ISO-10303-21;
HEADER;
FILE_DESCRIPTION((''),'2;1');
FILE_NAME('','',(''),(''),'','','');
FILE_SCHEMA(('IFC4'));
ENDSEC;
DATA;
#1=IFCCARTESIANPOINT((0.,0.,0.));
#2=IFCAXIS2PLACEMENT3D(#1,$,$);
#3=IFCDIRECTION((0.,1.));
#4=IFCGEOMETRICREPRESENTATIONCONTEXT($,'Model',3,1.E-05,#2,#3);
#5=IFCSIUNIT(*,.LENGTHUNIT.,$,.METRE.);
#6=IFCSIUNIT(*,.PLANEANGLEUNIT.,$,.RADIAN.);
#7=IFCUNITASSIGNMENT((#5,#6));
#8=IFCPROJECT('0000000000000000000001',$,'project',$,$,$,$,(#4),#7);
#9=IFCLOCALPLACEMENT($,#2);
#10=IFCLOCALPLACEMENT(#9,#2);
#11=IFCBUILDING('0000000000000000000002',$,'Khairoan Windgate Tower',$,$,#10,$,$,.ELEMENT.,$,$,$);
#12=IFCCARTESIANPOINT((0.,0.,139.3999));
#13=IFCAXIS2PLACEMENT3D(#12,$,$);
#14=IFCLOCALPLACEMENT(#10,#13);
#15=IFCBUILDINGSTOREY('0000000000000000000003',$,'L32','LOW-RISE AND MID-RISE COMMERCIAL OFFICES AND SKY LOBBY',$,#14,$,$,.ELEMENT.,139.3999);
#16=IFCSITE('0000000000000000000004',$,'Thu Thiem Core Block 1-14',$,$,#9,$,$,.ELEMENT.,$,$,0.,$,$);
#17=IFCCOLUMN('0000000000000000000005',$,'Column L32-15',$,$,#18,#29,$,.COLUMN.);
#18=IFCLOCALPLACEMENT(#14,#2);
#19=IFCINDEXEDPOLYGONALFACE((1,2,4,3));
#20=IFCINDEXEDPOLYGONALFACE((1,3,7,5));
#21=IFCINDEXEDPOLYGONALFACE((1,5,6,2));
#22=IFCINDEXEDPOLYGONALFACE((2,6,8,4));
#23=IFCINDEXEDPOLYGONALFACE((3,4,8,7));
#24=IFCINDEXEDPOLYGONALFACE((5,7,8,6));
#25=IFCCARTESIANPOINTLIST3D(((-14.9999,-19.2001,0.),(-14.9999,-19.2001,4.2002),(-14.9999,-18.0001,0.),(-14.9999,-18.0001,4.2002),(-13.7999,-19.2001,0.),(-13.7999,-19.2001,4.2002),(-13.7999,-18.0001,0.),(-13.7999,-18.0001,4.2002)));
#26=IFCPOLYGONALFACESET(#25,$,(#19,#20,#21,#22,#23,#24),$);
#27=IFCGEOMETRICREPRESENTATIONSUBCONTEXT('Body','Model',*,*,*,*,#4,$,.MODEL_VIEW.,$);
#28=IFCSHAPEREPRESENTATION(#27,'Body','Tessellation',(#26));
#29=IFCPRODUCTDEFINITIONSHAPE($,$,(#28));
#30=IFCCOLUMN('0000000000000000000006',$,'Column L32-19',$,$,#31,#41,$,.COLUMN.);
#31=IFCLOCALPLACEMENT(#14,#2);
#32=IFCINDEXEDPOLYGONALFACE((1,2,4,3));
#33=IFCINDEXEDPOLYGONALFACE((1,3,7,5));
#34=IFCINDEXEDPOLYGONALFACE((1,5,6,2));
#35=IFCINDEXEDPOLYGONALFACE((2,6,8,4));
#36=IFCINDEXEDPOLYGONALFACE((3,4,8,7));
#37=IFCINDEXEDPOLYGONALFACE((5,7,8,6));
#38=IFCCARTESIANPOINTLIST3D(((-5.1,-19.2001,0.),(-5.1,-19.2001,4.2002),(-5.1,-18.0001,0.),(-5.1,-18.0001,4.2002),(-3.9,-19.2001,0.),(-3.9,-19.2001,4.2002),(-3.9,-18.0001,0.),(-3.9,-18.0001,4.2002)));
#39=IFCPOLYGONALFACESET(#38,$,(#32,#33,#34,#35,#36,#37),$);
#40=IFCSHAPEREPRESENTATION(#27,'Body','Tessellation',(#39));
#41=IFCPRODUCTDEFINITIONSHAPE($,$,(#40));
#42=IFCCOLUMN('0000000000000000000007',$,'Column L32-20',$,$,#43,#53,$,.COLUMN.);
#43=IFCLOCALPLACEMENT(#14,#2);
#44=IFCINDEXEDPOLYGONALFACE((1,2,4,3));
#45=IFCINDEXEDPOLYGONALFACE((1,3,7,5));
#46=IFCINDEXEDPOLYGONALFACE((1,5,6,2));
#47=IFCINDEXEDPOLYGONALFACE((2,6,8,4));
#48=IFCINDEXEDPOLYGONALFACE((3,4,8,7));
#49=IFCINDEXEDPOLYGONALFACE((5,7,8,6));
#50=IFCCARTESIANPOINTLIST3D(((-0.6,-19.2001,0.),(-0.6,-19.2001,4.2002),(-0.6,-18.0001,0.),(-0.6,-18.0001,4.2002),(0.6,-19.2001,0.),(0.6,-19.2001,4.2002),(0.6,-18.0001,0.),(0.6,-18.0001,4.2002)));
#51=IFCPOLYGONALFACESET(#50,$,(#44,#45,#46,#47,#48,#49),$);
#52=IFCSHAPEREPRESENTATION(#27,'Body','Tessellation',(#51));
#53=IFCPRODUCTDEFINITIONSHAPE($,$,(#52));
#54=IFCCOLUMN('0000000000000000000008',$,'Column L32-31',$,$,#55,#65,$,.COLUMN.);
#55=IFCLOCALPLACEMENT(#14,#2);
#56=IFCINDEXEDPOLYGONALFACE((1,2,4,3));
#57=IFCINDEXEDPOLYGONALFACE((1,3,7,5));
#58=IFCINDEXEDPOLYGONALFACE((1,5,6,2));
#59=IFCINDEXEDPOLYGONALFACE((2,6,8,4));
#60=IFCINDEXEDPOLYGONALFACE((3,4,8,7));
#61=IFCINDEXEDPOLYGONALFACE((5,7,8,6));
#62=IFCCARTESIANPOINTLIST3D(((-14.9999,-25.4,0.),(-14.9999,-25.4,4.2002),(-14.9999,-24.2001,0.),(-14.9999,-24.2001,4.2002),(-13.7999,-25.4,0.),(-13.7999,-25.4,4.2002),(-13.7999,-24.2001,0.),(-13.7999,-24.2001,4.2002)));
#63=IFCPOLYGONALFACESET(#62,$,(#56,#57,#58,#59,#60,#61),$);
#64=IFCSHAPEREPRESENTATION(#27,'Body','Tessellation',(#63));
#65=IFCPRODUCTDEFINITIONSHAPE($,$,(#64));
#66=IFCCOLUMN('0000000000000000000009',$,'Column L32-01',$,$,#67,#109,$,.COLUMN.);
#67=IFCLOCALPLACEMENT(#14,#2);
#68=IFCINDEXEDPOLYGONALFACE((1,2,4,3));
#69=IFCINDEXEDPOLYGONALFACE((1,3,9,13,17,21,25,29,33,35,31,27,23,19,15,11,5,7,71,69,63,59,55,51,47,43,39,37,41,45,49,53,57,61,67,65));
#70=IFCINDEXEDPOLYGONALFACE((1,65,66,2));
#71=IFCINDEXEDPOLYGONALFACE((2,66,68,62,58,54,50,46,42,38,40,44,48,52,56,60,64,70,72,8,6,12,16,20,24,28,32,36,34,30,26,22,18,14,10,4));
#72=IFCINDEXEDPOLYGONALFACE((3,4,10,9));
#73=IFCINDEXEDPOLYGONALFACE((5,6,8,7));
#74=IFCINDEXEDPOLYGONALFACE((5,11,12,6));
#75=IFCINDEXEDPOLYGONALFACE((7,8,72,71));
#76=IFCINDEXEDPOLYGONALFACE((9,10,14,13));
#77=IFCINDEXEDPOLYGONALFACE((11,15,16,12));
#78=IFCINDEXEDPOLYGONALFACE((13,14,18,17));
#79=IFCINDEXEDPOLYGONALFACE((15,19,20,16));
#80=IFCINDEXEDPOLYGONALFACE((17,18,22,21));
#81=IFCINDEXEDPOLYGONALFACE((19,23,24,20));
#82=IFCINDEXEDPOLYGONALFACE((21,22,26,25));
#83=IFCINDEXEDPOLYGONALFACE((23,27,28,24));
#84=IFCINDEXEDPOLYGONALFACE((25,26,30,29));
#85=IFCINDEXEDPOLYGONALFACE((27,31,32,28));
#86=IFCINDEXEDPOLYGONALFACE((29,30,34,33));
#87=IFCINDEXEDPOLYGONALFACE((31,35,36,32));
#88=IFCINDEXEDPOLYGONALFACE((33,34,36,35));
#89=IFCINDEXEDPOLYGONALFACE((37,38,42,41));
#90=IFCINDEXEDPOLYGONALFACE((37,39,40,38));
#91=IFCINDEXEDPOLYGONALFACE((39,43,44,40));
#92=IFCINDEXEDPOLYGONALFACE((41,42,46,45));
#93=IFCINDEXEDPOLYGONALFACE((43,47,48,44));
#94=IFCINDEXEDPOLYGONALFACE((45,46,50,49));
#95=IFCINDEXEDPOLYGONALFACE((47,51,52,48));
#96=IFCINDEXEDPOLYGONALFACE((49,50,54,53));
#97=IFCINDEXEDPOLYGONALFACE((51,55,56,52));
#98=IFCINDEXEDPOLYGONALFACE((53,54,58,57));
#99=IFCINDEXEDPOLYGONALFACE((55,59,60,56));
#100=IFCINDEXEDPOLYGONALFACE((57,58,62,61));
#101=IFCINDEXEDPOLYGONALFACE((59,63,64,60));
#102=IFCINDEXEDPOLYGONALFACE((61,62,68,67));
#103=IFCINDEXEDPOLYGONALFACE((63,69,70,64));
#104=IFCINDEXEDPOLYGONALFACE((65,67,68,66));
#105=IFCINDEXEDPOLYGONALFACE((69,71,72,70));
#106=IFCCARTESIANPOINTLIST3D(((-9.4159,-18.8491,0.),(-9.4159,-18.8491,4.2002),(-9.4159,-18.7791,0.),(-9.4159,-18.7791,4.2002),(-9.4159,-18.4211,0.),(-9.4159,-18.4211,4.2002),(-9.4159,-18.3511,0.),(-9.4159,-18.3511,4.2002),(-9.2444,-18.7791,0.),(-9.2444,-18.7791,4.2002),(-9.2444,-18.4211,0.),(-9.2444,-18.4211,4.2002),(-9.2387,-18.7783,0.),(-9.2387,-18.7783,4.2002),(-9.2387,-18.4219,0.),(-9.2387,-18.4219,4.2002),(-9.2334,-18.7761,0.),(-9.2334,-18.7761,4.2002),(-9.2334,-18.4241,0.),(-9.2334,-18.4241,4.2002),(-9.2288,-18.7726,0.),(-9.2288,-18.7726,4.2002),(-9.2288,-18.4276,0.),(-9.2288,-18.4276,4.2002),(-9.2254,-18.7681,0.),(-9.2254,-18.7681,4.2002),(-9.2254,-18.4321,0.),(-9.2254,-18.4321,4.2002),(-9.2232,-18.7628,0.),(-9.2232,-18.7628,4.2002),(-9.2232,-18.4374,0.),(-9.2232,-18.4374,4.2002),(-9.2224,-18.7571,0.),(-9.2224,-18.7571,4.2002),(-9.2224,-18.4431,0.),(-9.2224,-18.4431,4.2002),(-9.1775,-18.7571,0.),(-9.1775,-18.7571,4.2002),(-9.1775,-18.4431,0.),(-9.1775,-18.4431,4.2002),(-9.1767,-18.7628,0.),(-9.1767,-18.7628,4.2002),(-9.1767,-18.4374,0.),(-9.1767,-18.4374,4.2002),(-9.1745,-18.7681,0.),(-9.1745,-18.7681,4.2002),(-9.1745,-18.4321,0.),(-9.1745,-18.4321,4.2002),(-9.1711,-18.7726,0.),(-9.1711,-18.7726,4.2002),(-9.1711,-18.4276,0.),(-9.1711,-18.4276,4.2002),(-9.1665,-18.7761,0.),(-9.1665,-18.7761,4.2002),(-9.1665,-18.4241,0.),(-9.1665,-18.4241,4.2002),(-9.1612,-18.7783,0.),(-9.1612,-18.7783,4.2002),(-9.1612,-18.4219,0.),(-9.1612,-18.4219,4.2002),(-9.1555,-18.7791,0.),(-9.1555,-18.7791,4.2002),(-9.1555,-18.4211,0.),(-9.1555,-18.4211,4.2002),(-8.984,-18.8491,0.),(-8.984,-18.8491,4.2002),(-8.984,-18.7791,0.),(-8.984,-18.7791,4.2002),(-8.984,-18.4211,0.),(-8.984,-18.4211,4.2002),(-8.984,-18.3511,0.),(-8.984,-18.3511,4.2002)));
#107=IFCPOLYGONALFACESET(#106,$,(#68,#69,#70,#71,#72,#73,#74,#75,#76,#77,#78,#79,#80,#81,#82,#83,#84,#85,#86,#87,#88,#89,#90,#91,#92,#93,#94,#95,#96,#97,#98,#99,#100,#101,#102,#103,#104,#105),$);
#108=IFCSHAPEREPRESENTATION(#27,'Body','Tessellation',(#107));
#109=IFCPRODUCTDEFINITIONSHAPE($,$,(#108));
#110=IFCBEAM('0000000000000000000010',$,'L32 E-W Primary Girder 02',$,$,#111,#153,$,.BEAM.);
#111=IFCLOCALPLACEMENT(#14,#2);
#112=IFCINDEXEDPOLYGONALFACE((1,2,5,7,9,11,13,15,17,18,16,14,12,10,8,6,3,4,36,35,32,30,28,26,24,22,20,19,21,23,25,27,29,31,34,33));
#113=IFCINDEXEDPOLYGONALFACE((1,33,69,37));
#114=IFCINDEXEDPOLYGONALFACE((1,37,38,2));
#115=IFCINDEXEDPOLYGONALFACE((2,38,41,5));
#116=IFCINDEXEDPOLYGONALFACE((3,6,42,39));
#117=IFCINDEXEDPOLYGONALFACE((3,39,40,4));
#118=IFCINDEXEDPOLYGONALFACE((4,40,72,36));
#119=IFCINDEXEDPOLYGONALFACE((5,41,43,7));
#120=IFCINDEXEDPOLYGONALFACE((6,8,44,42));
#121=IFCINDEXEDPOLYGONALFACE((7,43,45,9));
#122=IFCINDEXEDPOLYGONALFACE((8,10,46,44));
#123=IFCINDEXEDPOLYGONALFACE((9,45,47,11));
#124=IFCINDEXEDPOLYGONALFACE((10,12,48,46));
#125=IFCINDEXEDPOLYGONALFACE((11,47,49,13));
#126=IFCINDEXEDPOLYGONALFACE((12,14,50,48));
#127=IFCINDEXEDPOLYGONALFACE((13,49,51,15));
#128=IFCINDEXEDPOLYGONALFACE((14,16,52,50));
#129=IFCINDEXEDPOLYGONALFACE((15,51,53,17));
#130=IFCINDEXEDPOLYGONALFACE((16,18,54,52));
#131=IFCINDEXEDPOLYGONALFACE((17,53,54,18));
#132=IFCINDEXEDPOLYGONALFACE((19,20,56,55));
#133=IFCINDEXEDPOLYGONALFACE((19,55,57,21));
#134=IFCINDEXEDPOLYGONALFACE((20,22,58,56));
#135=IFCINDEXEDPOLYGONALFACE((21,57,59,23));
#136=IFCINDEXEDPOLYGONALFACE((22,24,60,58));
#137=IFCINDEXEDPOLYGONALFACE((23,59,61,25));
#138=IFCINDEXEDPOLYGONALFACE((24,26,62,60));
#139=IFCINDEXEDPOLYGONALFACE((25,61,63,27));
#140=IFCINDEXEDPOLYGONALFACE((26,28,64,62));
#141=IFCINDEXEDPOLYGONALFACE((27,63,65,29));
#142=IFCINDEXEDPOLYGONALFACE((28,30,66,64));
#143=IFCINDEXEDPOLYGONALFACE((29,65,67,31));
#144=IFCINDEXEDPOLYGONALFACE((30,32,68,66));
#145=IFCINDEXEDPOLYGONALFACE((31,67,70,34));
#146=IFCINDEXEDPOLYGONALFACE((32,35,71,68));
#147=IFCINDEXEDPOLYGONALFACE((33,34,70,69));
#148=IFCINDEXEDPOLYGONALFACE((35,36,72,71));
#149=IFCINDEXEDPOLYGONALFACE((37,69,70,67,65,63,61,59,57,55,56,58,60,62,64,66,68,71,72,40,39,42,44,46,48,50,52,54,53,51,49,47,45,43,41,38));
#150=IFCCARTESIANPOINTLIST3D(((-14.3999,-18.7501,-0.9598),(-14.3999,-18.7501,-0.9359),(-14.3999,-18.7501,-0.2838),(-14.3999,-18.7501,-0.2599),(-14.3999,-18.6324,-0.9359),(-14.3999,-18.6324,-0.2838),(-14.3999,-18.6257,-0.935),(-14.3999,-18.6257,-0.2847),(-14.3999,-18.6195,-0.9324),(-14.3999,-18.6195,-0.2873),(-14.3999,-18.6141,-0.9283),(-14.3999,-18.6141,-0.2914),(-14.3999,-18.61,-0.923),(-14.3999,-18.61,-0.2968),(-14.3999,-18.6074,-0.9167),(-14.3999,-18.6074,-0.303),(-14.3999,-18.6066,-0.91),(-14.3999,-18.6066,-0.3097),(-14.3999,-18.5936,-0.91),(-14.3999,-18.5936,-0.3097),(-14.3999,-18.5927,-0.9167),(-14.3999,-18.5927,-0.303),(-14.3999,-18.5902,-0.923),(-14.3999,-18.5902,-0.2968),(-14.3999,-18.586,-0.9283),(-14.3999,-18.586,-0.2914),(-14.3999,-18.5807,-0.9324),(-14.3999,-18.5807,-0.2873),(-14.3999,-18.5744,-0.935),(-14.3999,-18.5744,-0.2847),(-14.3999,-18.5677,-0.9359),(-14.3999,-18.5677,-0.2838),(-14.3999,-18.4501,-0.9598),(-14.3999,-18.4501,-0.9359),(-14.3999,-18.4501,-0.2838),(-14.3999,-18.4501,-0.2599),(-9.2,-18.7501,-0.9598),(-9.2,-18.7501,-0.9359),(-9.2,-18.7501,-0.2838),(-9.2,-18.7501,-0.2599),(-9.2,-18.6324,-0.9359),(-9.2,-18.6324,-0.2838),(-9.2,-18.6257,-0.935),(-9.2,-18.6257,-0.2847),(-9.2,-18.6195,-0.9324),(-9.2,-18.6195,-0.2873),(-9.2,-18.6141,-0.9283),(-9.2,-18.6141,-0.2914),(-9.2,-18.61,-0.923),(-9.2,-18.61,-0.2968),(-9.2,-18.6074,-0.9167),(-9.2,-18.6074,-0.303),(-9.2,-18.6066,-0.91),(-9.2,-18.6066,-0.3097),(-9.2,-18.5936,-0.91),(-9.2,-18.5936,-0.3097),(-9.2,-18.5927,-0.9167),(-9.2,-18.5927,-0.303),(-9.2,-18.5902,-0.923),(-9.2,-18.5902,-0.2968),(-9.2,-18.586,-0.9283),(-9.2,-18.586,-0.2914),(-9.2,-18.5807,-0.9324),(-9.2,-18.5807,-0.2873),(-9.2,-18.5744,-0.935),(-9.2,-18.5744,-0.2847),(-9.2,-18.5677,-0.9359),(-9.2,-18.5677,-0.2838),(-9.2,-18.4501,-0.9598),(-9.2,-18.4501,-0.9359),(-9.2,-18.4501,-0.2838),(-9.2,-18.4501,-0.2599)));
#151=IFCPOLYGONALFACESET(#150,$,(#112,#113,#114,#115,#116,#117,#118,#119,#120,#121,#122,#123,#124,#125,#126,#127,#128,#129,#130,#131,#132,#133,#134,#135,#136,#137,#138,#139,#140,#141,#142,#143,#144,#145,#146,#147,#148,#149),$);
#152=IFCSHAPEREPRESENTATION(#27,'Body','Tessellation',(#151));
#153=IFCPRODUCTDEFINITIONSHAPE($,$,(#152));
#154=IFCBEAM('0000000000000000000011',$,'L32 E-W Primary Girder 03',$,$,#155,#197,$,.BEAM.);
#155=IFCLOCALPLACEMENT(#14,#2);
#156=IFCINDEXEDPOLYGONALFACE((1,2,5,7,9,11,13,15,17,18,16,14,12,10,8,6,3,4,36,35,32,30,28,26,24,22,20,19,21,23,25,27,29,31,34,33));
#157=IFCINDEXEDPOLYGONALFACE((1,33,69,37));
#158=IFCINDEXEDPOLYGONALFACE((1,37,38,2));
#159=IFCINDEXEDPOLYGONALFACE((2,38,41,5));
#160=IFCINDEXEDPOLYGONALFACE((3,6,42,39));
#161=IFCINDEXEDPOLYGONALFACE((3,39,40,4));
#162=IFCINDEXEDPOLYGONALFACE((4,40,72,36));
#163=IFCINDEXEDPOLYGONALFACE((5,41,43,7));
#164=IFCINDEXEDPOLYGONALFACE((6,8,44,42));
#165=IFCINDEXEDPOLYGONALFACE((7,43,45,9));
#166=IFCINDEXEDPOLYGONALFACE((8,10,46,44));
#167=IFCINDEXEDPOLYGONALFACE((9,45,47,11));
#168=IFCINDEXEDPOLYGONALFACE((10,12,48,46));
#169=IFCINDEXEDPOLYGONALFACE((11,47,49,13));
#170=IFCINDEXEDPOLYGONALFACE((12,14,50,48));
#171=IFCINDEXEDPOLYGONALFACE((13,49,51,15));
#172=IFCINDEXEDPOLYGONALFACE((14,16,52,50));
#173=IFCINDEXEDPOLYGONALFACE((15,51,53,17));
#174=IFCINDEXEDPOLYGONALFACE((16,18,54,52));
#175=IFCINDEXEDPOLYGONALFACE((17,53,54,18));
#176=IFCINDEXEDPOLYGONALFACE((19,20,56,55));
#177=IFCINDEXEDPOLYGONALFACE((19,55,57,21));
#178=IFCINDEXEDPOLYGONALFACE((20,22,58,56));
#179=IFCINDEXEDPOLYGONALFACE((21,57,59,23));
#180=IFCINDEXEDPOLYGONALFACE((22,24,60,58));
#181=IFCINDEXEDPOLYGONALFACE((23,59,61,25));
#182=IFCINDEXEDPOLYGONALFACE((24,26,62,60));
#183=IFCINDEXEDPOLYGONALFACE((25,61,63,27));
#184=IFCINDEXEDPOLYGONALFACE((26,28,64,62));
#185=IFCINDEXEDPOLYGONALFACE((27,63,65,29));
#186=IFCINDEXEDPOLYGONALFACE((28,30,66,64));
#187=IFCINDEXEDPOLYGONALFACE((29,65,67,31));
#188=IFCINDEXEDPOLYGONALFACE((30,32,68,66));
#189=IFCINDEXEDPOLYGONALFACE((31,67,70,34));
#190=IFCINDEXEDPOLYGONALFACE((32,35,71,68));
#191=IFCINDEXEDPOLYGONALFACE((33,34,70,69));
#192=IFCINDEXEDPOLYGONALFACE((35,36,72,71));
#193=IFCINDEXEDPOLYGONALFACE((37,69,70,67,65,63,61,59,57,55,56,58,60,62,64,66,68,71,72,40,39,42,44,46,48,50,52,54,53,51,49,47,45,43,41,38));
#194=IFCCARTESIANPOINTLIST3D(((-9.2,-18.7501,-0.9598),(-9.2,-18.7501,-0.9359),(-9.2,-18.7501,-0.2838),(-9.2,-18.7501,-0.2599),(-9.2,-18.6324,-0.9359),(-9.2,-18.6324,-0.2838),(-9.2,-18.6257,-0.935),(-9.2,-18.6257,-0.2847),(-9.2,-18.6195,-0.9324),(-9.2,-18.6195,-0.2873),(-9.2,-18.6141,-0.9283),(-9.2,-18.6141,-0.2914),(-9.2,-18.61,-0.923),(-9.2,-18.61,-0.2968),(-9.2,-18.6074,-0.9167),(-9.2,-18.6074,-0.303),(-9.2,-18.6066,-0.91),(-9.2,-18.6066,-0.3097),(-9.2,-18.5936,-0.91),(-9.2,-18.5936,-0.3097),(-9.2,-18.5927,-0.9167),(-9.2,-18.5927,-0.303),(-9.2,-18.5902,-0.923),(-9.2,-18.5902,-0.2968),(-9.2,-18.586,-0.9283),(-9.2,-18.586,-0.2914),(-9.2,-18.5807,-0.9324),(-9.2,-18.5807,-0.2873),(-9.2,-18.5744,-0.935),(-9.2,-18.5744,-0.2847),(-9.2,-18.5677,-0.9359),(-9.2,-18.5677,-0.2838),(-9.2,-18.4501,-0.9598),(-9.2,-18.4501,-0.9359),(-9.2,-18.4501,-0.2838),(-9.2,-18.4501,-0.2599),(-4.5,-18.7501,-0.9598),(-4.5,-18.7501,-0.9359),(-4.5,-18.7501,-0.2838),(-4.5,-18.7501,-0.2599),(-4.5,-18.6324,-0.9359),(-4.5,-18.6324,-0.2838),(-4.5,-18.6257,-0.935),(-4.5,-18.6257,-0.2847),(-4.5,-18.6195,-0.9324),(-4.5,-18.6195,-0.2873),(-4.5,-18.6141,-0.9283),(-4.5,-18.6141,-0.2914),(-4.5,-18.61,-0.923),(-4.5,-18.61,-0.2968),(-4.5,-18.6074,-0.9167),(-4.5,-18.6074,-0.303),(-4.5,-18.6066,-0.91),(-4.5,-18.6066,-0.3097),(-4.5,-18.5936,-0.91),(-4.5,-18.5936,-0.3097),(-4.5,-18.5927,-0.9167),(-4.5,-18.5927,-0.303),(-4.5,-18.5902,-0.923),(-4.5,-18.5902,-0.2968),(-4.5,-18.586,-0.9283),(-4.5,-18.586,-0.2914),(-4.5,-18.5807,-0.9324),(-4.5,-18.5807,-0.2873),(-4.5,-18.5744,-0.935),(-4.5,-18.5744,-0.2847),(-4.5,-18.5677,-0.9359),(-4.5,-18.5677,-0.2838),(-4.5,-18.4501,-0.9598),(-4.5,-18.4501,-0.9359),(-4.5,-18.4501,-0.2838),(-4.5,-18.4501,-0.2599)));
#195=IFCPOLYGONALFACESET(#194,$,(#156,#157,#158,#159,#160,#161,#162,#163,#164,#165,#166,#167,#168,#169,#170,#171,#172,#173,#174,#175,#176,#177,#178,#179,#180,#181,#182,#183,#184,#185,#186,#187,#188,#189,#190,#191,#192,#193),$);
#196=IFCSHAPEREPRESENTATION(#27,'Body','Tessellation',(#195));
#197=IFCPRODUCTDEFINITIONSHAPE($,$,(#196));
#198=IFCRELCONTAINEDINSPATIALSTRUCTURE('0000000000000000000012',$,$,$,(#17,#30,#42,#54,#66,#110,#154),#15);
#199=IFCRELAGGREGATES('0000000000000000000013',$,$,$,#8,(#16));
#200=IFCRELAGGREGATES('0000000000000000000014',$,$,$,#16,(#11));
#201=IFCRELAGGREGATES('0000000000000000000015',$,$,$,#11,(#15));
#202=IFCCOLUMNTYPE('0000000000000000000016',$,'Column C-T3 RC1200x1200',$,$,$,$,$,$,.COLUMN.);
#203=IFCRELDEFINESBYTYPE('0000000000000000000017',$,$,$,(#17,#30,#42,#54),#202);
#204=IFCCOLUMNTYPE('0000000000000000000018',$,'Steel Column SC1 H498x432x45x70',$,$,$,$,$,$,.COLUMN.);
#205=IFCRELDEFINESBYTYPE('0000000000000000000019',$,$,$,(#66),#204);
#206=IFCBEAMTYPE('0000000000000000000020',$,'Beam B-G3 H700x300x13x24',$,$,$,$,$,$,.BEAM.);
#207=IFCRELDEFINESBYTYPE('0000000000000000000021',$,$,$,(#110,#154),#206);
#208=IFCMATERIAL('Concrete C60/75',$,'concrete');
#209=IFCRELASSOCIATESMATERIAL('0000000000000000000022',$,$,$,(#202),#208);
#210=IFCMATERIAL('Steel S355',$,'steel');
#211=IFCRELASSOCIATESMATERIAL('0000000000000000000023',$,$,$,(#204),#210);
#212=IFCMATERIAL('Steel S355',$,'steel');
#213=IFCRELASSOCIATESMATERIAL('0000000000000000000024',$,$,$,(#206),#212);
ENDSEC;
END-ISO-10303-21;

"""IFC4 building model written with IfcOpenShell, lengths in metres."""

from ifc_helpers import new_model, si_unit, direction, frame, origin, origin_2d, place, context, subcontext, project, spatial, rectangle, i_section, extrude, material, material_profile, profile_set, type_object, element, save


model = new_model("IFC4")

# Units and contexts
model_context = context("Model", 3, precision=1e-05, world=origin(), true_north=direction((0.0, 1.0)))
body_context = subcontext(model_context, "Body", "Model", "MODEL_VIEW")
ifc_project = project(units=[si_unit("LENGTHUNIT", "METRE"), si_unit("PLANEANGLEUNIT", "RADIAN")], contexts=[model_context])

# Site, building, storey
site_placement = place(None, origin())
site = spatial("IfcSite", under=ifc_project, at=site_placement, Name="Thu Thiem Core Block 1-14", CompositionType="ELEMENT", RefElevation=0.0)
building_placement = place(site_placement, origin())
building = spatial("IfcBuilding", under=site, at=building_placement, Name="Khairoan Windgate Tower", CompositionType="ELEMENT")
storey_placement = place(building_placement, frame((0.0, 0.0, 139.3999)))
storey = spatial("IfcBuildingStorey", under=building, at=storey_placement, Name="L32", Description="LOW-RISE AND MID-RISE COMMERCIAL OFFICES AND SKY LOBBY", CompositionType="ELEMENT", Elevation=139.3999)

# Columns
ifc_material_1 = material(Name="Concrete C60/75", Category="concrete")
ifc_material_profile_1 = material_profile(ifc_material_1, rectangle(XDim=1.2, YDim=1.2, at=origin_2d()))
ifc_profile_set_1 = profile_set([ifc_material_profile_1], Name="Concrete C60/75")
column_type_1 = type_object("IfcColumnType", Name="Column C-T3 RC1200x1200", PredefinedType="COLUMN", material=ifc_profile_set_1)
for number, where, z_axis, x_axis, name in (
    (1, (-14.3999, -18.6001, 0.0), (0.0, 0.0, 1.0), (1.0, 0.0, 0.0), "Column L32-15"),
    (2, (-4.5, -18.6001, 0.0), (0.0, 0.0, 1.0), (1.0, 0.0, 0.0), "Column L32-19"),
    (3, (0.0, -18.6001, 0.0), (0.0, 0.0, 1.0), (1.0, 0.0, 0.0), "Column L32-20"),
    (4, (-14.3999, -24.8, 0.0), (0.0, 0.0, 1.0), (1.0, 0.0, 0.0), "Column L32-31"),
):
    element("IfcColumn", number, at=place(storey_placement, frame(where, z_axis=z_axis, x_axis=x_axis)), inside=storey, type_object=column_type_1, Name=name, PredefinedType="COLUMN", context=body_context, shape_type="SweptSolid", body=[
        extrude(rectangle(XDim=1.2, YDim=1.2, at=origin_2d()), origin(), (0.0, 0.0, 1.0), 4.2002),
    ])
ifc_material_2 = material(Name="Steel S355", Category="steel")
ifc_material_profile_2 = material_profile(ifc_material_2, i_section(OverallWidth=0.4319, OverallDepth=0.498, WebThickness=0.0449, FlangeThickness=0.0701, FilletRadius=0.022, at=origin_2d()))
ifc_profile_set_2 = profile_set([ifc_material_profile_2], Name="Steel S355")
column_type_2 = type_object("IfcColumnType", Name="Steel Column SC1 H498x432x45x70", PredefinedType="COLUMN", material=ifc_profile_set_2)
column_placement = place(storey_placement, frame((-9.2, -18.6001, 0.0), z_axis=(0.0, 0.0, 1.0), x_axis=(1.0, 0.0, 0.0)))
element("IfcColumn", 5, at=column_placement, inside=storey, type_object=column_type_2, Name="Column L32-01", PredefinedType="COLUMN", context=body_context, shape_type="SweptSolid", body=[
    extrude(i_section(OverallWidth=0.4319, OverallDepth=0.498, WebThickness=0.0449, FlangeThickness=0.0701, FilletRadius=0.022, at=origin_2d()), origin(), (0.0, 0.0, 1.0), 4.2002),
])

# Beams
ifc_material_3 = material(Name="Steel S355", Category="steel")
ifc_material_profile_3 = material_profile(ifc_material_3, i_section(OverallWidth=0.3, OverallDepth=0.7, WebThickness=0.0129, FlangeThickness=0.0239, FilletRadius=0.0259, at=origin_2d()))
ifc_profile_set_3 = profile_set([ifc_material_profile_3], Name="Steel S355")
beam_type_1 = type_object("IfcBeamType", Name="Beam B-G3 H700x300x13x24", PredefinedType="BEAM", material=ifc_profile_set_3)
beam_1_placement = place(storey_placement, frame((-14.3999, -18.6001, -0.6099), z_axis=(1.0, 0.0, 0.0), x_axis=(0.0, 1.0, 0.0)))
element("IfcBeam", 6, at=beam_1_placement, inside=storey, type_object=beam_type_1, Name="L32 E-W Primary Girder 02", PredefinedType="BEAM", context=body_context, shape_type="SweptSolid", body=[
    extrude(i_section(OverallWidth=0.3, OverallDepth=0.7, WebThickness=0.0129, FlangeThickness=0.0239, FilletRadius=0.0259, at=origin_2d()), origin(), (0.0, 0.0, 1.0), 5.2),
])
beam_2_placement = place(storey_placement, frame((-9.2, -18.6001, -0.6099), z_axis=(1.0, 0.0, 0.0), x_axis=(0.0, 1.0, 0.0)))
element("IfcBeam", 7, at=beam_2_placement, inside=storey, type_object=beam_type_1, Name="L32 E-W Primary Girder 03", PredefinedType="BEAM", context=body_context, shape_type="SweptSolid", body=[
    extrude(i_section(OverallWidth=0.3, OverallDepth=0.7, WebThickness=0.0129, FlangeThickness=0.0239, FilletRadius=0.0259, at=origin_2d()), origin(), (0.0, 0.0, 1.0), 4.7),
])

save(model, "model.ifc")
